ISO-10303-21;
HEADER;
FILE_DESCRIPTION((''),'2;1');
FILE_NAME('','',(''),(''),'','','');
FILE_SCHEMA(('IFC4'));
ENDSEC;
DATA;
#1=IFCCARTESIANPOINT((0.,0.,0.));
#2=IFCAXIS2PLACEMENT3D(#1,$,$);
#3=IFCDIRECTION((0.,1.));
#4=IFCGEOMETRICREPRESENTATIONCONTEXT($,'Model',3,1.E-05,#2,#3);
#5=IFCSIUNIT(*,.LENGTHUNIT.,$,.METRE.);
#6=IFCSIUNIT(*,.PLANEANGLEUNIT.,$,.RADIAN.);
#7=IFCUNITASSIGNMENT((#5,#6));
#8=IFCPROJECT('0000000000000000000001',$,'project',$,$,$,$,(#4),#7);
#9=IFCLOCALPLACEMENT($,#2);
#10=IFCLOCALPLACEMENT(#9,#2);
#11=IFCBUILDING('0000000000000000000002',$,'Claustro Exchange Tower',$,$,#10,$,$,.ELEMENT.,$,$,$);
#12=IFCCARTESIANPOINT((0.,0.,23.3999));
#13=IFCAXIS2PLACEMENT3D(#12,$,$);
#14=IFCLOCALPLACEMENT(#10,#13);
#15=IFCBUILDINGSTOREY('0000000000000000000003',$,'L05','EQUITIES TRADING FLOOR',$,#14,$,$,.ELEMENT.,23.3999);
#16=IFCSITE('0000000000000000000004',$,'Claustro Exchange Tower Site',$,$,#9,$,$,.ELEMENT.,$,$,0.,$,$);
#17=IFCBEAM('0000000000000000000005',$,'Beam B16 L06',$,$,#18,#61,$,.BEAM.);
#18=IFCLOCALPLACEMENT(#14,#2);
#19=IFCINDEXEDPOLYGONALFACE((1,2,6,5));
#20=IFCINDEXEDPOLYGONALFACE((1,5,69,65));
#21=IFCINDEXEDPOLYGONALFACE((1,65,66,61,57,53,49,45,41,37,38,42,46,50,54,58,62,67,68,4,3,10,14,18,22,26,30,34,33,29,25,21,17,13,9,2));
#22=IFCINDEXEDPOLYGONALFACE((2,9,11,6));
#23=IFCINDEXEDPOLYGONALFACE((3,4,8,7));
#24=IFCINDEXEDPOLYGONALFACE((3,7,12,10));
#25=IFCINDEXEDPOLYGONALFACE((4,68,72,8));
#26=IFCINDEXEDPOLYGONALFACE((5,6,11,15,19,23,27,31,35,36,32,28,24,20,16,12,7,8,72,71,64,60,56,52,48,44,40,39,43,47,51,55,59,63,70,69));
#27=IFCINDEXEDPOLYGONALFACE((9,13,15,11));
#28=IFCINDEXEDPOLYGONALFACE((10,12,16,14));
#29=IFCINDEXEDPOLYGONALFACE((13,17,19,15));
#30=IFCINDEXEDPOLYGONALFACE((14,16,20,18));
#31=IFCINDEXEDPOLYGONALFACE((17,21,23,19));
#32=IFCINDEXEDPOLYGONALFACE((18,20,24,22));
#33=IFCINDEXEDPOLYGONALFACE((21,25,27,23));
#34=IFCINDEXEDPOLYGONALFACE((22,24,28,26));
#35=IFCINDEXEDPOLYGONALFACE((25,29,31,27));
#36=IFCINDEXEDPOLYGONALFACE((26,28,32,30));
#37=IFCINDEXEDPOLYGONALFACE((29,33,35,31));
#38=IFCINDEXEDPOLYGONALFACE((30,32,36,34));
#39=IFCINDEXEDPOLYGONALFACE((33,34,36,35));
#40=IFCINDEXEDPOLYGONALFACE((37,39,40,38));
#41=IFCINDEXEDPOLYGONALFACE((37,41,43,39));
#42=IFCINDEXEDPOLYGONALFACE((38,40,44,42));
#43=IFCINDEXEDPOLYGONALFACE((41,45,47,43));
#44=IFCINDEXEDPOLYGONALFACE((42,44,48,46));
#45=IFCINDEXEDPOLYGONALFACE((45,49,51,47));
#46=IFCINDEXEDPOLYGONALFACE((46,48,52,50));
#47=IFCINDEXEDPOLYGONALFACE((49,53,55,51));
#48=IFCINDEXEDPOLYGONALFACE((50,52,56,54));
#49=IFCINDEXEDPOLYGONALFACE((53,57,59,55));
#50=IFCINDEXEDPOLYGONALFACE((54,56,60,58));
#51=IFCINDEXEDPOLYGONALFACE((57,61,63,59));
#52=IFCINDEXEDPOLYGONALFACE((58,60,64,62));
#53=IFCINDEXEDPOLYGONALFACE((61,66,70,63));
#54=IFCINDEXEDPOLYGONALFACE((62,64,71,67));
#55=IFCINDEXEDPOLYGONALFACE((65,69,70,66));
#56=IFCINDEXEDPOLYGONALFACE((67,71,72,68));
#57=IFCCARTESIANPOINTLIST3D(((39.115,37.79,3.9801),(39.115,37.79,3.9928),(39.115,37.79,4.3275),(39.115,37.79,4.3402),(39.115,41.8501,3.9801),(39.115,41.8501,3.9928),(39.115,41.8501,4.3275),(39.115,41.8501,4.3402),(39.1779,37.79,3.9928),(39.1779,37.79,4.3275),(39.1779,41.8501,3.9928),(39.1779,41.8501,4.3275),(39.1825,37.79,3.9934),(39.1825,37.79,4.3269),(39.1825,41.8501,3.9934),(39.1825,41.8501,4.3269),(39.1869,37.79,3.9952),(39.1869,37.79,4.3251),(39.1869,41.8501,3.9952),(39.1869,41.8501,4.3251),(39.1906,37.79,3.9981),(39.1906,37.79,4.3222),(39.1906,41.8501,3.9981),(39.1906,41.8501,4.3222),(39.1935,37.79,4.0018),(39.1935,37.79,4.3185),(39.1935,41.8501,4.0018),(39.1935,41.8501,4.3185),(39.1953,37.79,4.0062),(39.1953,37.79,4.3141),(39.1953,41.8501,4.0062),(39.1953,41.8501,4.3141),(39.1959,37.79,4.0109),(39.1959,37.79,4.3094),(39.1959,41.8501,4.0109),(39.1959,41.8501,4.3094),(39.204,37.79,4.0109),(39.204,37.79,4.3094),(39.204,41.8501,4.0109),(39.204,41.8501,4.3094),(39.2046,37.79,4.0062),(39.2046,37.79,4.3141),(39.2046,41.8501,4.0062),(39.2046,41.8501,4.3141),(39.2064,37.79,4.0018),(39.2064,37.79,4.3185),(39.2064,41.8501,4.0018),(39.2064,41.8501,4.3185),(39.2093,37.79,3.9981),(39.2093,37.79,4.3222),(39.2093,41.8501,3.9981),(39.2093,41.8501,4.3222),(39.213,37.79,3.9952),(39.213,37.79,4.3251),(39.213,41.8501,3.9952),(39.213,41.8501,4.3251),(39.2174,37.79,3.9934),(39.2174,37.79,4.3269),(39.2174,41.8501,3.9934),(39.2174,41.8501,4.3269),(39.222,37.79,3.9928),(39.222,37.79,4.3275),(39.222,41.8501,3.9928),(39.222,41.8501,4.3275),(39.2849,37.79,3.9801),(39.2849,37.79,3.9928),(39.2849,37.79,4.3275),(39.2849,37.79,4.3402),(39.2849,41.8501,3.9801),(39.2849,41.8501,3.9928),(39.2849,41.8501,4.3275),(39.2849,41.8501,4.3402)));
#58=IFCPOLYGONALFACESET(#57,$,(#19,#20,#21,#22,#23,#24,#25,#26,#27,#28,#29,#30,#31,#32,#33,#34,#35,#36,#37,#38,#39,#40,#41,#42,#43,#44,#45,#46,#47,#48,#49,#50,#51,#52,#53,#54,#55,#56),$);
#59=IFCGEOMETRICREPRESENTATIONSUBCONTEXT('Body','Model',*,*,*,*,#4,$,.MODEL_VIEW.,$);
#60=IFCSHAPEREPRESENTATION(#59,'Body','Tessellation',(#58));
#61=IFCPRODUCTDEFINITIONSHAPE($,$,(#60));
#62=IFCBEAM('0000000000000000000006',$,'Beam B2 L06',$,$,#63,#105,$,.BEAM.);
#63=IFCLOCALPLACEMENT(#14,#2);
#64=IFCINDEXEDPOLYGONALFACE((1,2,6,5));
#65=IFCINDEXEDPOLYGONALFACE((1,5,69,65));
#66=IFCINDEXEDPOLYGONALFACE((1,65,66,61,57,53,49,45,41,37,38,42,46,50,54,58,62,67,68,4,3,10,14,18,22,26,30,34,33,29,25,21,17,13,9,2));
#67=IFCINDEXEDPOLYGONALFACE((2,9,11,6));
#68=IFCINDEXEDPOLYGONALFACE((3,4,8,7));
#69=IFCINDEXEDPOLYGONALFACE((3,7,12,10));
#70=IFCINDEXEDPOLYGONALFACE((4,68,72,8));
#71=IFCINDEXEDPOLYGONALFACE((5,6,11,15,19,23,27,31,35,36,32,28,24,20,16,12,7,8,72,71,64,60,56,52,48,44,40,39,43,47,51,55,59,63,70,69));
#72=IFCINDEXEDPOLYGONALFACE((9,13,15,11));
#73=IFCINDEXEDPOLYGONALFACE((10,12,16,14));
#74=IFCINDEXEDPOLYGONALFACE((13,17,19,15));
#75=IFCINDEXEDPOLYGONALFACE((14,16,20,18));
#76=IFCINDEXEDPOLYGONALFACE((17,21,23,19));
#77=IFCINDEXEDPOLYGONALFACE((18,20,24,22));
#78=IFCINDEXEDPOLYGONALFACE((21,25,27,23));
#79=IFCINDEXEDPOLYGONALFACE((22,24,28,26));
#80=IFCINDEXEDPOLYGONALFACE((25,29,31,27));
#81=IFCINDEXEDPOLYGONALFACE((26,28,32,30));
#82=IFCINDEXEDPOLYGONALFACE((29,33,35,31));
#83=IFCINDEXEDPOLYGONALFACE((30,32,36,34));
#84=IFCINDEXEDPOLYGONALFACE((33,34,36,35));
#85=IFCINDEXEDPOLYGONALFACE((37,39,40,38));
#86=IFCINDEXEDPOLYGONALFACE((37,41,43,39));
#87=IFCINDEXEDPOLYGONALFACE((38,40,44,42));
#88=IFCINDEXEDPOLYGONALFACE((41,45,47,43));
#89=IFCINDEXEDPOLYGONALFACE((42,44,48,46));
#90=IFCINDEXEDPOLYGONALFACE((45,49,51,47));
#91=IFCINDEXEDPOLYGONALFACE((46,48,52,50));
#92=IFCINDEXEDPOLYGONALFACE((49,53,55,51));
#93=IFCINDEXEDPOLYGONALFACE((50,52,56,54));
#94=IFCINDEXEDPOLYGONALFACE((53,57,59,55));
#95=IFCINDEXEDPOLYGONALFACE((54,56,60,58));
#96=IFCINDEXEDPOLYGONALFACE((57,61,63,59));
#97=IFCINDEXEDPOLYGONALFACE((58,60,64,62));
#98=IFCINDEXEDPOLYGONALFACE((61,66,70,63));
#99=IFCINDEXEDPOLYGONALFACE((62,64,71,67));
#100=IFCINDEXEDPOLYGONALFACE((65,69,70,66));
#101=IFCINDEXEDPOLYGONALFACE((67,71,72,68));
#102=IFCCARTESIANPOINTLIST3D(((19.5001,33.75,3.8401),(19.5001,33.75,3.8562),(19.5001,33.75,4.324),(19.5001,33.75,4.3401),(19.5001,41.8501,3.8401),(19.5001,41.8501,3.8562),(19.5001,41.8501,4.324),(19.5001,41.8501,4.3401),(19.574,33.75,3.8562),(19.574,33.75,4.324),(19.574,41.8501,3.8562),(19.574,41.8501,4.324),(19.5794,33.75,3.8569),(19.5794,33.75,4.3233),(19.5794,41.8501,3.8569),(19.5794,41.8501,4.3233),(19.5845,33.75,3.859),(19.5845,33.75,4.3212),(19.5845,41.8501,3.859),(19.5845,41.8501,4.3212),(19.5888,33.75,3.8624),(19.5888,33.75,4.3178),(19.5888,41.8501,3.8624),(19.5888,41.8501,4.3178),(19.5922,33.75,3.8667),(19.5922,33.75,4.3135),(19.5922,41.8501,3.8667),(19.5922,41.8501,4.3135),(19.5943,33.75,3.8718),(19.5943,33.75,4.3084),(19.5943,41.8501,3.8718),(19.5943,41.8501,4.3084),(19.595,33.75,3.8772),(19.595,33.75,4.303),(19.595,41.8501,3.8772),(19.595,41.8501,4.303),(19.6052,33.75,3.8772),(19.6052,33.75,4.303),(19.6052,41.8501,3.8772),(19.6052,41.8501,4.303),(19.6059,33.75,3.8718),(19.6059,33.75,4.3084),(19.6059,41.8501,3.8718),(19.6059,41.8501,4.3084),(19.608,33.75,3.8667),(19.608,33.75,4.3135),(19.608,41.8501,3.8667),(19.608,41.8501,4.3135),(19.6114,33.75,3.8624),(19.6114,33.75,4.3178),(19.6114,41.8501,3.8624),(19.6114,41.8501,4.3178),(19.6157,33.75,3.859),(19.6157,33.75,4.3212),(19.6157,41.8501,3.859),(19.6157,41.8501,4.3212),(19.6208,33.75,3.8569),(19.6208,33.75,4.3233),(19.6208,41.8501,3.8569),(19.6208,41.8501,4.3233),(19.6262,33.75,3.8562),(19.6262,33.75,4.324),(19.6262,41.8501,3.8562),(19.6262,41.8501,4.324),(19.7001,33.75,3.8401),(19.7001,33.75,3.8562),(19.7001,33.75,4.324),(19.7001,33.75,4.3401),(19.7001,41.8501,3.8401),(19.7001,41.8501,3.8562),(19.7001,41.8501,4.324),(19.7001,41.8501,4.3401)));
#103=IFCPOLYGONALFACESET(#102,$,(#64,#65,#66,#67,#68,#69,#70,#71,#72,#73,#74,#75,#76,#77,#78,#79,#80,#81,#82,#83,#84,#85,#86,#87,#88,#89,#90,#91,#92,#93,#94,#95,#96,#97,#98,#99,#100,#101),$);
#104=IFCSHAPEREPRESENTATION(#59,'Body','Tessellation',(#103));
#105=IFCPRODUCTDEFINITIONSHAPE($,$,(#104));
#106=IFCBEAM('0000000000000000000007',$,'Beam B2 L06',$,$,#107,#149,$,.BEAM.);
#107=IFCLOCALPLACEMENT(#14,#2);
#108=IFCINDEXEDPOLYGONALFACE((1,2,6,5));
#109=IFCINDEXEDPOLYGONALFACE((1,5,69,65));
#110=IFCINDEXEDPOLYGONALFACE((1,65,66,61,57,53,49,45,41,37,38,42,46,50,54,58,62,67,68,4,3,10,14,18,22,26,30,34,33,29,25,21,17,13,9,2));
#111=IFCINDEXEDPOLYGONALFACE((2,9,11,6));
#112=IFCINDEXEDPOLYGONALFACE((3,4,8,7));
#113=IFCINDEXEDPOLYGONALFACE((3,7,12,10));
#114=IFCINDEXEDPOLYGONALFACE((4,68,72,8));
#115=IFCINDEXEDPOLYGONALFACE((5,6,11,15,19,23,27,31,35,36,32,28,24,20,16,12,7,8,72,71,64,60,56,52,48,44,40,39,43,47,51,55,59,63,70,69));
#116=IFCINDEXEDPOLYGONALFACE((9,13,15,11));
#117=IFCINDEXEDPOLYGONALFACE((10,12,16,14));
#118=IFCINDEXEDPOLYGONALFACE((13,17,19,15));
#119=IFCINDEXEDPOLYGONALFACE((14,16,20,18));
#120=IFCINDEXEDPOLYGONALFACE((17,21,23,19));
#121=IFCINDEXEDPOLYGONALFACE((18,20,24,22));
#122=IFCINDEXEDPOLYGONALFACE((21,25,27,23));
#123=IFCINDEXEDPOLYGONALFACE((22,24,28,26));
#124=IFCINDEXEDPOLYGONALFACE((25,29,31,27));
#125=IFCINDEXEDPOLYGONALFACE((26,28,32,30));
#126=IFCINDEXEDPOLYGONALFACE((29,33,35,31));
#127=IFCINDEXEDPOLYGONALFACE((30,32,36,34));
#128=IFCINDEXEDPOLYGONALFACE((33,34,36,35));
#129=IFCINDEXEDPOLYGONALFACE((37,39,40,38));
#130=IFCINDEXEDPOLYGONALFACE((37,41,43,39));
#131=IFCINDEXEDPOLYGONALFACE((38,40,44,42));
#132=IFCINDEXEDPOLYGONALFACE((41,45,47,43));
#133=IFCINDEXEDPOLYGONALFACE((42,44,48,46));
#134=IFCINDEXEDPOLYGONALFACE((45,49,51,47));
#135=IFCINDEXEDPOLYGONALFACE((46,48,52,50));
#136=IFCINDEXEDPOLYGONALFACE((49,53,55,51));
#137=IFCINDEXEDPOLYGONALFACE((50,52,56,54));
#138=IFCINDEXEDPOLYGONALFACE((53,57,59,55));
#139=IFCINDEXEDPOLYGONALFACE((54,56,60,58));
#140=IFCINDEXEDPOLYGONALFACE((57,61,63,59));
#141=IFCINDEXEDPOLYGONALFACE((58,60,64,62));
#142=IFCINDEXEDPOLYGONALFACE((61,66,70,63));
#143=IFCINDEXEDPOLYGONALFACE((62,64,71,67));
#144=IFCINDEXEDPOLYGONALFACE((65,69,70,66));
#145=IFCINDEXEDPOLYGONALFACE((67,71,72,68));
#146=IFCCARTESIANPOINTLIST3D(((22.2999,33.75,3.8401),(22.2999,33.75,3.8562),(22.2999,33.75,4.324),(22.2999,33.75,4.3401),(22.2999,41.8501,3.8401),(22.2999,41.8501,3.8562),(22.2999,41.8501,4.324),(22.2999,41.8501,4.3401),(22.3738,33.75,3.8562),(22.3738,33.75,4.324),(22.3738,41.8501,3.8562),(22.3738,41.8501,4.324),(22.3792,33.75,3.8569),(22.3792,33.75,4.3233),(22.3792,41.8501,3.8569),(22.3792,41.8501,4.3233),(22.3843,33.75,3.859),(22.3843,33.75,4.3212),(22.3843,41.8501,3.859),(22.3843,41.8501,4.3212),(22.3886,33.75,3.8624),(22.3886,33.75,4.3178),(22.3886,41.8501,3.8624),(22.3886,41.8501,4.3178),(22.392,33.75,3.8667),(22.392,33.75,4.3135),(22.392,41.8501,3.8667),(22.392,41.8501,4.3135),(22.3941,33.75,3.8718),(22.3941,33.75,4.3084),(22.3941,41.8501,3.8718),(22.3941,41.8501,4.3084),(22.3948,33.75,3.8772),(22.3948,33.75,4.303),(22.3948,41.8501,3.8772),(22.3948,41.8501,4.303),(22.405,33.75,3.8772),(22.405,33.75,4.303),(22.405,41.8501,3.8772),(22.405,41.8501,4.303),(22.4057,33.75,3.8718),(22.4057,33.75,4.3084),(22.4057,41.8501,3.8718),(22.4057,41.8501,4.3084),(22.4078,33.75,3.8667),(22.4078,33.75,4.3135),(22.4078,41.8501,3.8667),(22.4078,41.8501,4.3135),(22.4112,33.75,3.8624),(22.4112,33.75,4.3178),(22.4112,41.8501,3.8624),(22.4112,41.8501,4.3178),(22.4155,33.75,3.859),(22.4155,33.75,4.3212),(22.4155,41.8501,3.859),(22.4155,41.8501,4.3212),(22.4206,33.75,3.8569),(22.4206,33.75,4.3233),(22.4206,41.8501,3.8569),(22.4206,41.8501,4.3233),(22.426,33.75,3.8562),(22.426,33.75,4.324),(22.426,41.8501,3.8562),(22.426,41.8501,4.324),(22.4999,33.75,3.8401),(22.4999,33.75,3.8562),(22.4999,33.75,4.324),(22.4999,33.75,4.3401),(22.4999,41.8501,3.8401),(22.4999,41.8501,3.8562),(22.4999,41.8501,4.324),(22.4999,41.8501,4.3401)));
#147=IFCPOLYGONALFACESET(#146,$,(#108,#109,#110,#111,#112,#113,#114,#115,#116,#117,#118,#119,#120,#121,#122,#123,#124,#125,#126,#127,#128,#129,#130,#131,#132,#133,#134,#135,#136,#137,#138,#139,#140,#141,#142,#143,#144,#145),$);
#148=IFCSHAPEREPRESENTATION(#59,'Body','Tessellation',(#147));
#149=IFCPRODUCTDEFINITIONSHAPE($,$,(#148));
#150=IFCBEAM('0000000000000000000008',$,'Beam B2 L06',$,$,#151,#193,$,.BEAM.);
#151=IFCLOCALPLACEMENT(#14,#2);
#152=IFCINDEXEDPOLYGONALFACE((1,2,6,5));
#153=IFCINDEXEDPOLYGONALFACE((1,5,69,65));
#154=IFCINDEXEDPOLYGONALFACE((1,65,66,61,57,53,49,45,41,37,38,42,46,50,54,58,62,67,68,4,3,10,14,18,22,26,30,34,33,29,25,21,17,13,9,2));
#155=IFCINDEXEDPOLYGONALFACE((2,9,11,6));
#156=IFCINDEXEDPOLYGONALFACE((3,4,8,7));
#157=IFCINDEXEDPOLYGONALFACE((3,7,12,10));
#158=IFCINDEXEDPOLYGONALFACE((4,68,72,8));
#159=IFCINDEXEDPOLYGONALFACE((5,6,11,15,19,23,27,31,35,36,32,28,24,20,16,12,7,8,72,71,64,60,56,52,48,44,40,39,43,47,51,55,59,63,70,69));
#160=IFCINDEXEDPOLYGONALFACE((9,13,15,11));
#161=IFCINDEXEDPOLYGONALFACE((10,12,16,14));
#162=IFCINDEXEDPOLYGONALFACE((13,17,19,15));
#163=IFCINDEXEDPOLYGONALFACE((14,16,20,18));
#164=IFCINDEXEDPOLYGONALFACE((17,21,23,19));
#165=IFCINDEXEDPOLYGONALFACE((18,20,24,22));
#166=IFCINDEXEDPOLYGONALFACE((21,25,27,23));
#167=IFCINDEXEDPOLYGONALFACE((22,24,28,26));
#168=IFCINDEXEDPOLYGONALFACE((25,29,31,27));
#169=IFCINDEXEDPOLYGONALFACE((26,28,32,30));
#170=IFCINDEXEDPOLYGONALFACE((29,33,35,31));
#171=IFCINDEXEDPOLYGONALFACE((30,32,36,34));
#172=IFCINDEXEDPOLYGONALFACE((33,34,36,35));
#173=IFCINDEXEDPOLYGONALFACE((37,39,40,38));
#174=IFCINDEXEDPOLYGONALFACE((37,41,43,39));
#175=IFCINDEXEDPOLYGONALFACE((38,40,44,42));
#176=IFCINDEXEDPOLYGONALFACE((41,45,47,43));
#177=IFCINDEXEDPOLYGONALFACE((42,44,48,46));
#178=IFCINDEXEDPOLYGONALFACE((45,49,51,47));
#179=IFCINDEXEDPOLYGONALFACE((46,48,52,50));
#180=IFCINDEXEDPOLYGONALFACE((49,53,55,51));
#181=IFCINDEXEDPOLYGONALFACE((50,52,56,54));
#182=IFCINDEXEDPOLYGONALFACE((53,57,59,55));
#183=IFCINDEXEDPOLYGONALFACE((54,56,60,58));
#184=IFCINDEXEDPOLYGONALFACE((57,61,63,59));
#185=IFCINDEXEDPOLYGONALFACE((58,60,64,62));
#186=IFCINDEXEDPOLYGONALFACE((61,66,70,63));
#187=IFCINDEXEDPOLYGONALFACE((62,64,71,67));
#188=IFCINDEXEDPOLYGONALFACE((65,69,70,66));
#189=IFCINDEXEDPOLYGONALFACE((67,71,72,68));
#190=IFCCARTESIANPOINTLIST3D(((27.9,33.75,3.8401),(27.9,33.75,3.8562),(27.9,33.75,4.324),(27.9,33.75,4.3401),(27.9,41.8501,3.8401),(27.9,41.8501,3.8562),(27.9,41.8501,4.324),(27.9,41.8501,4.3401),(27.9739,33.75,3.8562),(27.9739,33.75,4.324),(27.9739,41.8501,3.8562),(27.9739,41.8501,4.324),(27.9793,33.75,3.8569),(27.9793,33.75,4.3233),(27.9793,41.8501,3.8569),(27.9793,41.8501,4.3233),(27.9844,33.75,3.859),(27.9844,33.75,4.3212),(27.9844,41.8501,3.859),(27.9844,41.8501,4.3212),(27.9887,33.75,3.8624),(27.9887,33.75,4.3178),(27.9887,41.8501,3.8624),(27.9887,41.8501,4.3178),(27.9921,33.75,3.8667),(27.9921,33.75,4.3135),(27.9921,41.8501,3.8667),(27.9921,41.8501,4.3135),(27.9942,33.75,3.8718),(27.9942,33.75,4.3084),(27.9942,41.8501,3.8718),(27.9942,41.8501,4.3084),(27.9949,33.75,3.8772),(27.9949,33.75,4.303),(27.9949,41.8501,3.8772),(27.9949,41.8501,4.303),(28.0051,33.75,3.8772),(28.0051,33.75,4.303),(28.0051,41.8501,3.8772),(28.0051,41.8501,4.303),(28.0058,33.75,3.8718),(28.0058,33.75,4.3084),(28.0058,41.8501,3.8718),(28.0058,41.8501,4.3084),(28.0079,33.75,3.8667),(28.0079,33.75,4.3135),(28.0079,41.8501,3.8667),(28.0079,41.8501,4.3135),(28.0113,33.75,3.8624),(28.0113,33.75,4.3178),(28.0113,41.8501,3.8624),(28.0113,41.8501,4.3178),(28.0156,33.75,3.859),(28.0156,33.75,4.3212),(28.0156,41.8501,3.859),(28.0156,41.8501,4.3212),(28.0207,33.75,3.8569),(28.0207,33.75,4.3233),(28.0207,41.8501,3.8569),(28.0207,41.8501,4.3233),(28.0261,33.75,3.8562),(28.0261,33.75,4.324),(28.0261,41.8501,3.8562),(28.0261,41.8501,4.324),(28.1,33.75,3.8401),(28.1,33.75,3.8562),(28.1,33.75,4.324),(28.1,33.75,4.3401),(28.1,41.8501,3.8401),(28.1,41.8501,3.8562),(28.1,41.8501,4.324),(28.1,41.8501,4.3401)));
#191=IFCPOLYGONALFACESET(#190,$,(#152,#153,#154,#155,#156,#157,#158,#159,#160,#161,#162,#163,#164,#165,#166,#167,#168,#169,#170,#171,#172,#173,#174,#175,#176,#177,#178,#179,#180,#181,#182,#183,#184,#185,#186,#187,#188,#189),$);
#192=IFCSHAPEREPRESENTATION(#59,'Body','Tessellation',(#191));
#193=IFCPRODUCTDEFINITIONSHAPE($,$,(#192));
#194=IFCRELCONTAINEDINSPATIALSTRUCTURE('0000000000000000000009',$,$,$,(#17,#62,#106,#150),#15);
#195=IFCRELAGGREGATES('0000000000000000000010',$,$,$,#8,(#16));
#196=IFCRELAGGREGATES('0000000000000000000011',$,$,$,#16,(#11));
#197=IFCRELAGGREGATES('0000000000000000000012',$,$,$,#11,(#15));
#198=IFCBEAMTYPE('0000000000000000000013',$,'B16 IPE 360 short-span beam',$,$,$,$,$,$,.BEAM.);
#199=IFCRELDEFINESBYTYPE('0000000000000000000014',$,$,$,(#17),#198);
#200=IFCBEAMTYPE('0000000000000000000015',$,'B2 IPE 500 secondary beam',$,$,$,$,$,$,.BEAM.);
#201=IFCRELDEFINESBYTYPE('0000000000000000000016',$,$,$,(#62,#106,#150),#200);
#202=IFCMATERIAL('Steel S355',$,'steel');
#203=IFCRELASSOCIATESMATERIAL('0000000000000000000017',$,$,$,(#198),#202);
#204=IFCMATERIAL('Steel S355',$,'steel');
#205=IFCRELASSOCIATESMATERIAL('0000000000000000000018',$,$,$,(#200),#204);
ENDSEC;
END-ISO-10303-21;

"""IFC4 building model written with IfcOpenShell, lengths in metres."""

from ifc_helpers import new_model, si_unit, direction, frame, origin, origin_2d, place, context, subcontext, project, spatial, i_section, extrude, material, material_profile, profile_set, type_object, element, save


model = new_model("IFC4")

# Units and contexts
model_context = context("Model", 3, precision=1e-05, world=origin(), true_north=direction((0.0, 1.0)))
body_context = subcontext(model_context, "Body", "Model", "MODEL_VIEW")
ifc_project = project(units=[si_unit("LENGTHUNIT", "METRE"), si_unit("PLANEANGLEUNIT", "RADIAN")], contexts=[model_context])

# Site, building, storey
site_placement = place(None, origin())
site = spatial("IfcSite", under=ifc_project, at=site_placement, Name="Claustro Exchange Tower Site", CompositionType="ELEMENT", RefElevation=0.0)
building_placement = place(site_placement, origin())
building = spatial("IfcBuilding", under=site, at=building_placement, Name="Claustro Exchange Tower", CompositionType="ELEMENT")
storey_placement = place(building_placement, frame((0.0, 0.0, 23.3999)))
storey = spatial("IfcBuildingStorey", under=building, at=storey_placement, Name="L05", Description="EQUITIES TRADING FLOOR", CompositionType="ELEMENT", Elevation=23.3999)

# Beams
ifc_material_1 = material(Name="Steel S355", Category="steel")
ifc_material_profile_1 = material_profile(ifc_material_1, i_section(OverallWidth=0.1699, OverallDepth=0.3601, WebThickness=0.0081, FlangeThickness=0.0127, FilletRadius=0.0181, at=origin_2d()), Name="IPE 360")
ifc_profile_set_1 = profile_set([ifc_material_profile_1], Name="Steel S355")
beam_type_1 = type_object("IfcBeamType", Name="B16 IPE 360 short-span beam", PredefinedType="BEAM", material=ifc_profile_set_1)
for number, where, z_axis, x_axis, name in (
    (1, (39.2, 37.79, 4.1602), (0.0, 1.0, 0.0), (-1.0, 0.0, 0.0), "Beam B16 L06"),
):
    element("IfcBeam", number, at=place(storey_placement, frame(where, z_axis=z_axis, x_axis=x_axis)), inside=storey, type_object=beam_type_1, Name=name, PredefinedType="BEAM", context=body_context, shape_type="SweptSolid", body=[
        extrude(i_section(OverallWidth=0.1699, OverallDepth=0.3601, WebThickness=0.0081, FlangeThickness=0.0127, FilletRadius=0.0181, at=origin_2d()), origin(), (0.0, 0.0, 1.0), 4.0601),
    ])
ifc_material_2 = material(Name="Steel S355", Category="steel")
ifc_material_profile_2 = material_profile(ifc_material_2, i_section(OverallWidth=0.2, OverallDepth=0.5, WebThickness=0.0103, FlangeThickness=0.0161, FilletRadius=0.021, at=origin_2d()), Name="IPE 500")
ifc_profile_set_2 = profile_set([ifc_material_profile_2], Name="Steel S355")
beam_type_2 = type_object("IfcBeamType", Name="B2 IPE 500 secondary beam", PredefinedType="BEAM", material=ifc_profile_set_2)
for number, where, z_axis, x_axis, name in (
    (2, (19.6001, 33.75, 4.0901), (0.0, 1.0, 0.0), (-1.0, 0.0, 0.0), "Beam B2 L06"),
    (3, (22.3999, 33.75, 4.0901), (0.0, 1.0, 0.0), (-1.0, 0.0, 0.0), "Beam B2 L06"),
    (4, (28.0, 33.75, 4.0901), (0.0, 1.0, 0.0), (-1.0, 0.0, 0.0), "Beam B2 L06"),
):
    element("IfcBeam", number, at=place(storey_placement, frame(where, z_axis=z_axis, x_axis=x_axis)), inside=storey, type_object=beam_type_2, Name=name, PredefinedType="BEAM", context=body_context, shape_type="SweptSolid", body=[
        extrude(i_section(OverallWidth=0.2, OverallDepth=0.5, WebThickness=0.0103, FlangeThickness=0.0161, FilletRadius=0.021, at=origin_2d()), origin(), (0.0, 0.0, 1.0), 8.1001),
    ])

save(model, "model.ifc")
